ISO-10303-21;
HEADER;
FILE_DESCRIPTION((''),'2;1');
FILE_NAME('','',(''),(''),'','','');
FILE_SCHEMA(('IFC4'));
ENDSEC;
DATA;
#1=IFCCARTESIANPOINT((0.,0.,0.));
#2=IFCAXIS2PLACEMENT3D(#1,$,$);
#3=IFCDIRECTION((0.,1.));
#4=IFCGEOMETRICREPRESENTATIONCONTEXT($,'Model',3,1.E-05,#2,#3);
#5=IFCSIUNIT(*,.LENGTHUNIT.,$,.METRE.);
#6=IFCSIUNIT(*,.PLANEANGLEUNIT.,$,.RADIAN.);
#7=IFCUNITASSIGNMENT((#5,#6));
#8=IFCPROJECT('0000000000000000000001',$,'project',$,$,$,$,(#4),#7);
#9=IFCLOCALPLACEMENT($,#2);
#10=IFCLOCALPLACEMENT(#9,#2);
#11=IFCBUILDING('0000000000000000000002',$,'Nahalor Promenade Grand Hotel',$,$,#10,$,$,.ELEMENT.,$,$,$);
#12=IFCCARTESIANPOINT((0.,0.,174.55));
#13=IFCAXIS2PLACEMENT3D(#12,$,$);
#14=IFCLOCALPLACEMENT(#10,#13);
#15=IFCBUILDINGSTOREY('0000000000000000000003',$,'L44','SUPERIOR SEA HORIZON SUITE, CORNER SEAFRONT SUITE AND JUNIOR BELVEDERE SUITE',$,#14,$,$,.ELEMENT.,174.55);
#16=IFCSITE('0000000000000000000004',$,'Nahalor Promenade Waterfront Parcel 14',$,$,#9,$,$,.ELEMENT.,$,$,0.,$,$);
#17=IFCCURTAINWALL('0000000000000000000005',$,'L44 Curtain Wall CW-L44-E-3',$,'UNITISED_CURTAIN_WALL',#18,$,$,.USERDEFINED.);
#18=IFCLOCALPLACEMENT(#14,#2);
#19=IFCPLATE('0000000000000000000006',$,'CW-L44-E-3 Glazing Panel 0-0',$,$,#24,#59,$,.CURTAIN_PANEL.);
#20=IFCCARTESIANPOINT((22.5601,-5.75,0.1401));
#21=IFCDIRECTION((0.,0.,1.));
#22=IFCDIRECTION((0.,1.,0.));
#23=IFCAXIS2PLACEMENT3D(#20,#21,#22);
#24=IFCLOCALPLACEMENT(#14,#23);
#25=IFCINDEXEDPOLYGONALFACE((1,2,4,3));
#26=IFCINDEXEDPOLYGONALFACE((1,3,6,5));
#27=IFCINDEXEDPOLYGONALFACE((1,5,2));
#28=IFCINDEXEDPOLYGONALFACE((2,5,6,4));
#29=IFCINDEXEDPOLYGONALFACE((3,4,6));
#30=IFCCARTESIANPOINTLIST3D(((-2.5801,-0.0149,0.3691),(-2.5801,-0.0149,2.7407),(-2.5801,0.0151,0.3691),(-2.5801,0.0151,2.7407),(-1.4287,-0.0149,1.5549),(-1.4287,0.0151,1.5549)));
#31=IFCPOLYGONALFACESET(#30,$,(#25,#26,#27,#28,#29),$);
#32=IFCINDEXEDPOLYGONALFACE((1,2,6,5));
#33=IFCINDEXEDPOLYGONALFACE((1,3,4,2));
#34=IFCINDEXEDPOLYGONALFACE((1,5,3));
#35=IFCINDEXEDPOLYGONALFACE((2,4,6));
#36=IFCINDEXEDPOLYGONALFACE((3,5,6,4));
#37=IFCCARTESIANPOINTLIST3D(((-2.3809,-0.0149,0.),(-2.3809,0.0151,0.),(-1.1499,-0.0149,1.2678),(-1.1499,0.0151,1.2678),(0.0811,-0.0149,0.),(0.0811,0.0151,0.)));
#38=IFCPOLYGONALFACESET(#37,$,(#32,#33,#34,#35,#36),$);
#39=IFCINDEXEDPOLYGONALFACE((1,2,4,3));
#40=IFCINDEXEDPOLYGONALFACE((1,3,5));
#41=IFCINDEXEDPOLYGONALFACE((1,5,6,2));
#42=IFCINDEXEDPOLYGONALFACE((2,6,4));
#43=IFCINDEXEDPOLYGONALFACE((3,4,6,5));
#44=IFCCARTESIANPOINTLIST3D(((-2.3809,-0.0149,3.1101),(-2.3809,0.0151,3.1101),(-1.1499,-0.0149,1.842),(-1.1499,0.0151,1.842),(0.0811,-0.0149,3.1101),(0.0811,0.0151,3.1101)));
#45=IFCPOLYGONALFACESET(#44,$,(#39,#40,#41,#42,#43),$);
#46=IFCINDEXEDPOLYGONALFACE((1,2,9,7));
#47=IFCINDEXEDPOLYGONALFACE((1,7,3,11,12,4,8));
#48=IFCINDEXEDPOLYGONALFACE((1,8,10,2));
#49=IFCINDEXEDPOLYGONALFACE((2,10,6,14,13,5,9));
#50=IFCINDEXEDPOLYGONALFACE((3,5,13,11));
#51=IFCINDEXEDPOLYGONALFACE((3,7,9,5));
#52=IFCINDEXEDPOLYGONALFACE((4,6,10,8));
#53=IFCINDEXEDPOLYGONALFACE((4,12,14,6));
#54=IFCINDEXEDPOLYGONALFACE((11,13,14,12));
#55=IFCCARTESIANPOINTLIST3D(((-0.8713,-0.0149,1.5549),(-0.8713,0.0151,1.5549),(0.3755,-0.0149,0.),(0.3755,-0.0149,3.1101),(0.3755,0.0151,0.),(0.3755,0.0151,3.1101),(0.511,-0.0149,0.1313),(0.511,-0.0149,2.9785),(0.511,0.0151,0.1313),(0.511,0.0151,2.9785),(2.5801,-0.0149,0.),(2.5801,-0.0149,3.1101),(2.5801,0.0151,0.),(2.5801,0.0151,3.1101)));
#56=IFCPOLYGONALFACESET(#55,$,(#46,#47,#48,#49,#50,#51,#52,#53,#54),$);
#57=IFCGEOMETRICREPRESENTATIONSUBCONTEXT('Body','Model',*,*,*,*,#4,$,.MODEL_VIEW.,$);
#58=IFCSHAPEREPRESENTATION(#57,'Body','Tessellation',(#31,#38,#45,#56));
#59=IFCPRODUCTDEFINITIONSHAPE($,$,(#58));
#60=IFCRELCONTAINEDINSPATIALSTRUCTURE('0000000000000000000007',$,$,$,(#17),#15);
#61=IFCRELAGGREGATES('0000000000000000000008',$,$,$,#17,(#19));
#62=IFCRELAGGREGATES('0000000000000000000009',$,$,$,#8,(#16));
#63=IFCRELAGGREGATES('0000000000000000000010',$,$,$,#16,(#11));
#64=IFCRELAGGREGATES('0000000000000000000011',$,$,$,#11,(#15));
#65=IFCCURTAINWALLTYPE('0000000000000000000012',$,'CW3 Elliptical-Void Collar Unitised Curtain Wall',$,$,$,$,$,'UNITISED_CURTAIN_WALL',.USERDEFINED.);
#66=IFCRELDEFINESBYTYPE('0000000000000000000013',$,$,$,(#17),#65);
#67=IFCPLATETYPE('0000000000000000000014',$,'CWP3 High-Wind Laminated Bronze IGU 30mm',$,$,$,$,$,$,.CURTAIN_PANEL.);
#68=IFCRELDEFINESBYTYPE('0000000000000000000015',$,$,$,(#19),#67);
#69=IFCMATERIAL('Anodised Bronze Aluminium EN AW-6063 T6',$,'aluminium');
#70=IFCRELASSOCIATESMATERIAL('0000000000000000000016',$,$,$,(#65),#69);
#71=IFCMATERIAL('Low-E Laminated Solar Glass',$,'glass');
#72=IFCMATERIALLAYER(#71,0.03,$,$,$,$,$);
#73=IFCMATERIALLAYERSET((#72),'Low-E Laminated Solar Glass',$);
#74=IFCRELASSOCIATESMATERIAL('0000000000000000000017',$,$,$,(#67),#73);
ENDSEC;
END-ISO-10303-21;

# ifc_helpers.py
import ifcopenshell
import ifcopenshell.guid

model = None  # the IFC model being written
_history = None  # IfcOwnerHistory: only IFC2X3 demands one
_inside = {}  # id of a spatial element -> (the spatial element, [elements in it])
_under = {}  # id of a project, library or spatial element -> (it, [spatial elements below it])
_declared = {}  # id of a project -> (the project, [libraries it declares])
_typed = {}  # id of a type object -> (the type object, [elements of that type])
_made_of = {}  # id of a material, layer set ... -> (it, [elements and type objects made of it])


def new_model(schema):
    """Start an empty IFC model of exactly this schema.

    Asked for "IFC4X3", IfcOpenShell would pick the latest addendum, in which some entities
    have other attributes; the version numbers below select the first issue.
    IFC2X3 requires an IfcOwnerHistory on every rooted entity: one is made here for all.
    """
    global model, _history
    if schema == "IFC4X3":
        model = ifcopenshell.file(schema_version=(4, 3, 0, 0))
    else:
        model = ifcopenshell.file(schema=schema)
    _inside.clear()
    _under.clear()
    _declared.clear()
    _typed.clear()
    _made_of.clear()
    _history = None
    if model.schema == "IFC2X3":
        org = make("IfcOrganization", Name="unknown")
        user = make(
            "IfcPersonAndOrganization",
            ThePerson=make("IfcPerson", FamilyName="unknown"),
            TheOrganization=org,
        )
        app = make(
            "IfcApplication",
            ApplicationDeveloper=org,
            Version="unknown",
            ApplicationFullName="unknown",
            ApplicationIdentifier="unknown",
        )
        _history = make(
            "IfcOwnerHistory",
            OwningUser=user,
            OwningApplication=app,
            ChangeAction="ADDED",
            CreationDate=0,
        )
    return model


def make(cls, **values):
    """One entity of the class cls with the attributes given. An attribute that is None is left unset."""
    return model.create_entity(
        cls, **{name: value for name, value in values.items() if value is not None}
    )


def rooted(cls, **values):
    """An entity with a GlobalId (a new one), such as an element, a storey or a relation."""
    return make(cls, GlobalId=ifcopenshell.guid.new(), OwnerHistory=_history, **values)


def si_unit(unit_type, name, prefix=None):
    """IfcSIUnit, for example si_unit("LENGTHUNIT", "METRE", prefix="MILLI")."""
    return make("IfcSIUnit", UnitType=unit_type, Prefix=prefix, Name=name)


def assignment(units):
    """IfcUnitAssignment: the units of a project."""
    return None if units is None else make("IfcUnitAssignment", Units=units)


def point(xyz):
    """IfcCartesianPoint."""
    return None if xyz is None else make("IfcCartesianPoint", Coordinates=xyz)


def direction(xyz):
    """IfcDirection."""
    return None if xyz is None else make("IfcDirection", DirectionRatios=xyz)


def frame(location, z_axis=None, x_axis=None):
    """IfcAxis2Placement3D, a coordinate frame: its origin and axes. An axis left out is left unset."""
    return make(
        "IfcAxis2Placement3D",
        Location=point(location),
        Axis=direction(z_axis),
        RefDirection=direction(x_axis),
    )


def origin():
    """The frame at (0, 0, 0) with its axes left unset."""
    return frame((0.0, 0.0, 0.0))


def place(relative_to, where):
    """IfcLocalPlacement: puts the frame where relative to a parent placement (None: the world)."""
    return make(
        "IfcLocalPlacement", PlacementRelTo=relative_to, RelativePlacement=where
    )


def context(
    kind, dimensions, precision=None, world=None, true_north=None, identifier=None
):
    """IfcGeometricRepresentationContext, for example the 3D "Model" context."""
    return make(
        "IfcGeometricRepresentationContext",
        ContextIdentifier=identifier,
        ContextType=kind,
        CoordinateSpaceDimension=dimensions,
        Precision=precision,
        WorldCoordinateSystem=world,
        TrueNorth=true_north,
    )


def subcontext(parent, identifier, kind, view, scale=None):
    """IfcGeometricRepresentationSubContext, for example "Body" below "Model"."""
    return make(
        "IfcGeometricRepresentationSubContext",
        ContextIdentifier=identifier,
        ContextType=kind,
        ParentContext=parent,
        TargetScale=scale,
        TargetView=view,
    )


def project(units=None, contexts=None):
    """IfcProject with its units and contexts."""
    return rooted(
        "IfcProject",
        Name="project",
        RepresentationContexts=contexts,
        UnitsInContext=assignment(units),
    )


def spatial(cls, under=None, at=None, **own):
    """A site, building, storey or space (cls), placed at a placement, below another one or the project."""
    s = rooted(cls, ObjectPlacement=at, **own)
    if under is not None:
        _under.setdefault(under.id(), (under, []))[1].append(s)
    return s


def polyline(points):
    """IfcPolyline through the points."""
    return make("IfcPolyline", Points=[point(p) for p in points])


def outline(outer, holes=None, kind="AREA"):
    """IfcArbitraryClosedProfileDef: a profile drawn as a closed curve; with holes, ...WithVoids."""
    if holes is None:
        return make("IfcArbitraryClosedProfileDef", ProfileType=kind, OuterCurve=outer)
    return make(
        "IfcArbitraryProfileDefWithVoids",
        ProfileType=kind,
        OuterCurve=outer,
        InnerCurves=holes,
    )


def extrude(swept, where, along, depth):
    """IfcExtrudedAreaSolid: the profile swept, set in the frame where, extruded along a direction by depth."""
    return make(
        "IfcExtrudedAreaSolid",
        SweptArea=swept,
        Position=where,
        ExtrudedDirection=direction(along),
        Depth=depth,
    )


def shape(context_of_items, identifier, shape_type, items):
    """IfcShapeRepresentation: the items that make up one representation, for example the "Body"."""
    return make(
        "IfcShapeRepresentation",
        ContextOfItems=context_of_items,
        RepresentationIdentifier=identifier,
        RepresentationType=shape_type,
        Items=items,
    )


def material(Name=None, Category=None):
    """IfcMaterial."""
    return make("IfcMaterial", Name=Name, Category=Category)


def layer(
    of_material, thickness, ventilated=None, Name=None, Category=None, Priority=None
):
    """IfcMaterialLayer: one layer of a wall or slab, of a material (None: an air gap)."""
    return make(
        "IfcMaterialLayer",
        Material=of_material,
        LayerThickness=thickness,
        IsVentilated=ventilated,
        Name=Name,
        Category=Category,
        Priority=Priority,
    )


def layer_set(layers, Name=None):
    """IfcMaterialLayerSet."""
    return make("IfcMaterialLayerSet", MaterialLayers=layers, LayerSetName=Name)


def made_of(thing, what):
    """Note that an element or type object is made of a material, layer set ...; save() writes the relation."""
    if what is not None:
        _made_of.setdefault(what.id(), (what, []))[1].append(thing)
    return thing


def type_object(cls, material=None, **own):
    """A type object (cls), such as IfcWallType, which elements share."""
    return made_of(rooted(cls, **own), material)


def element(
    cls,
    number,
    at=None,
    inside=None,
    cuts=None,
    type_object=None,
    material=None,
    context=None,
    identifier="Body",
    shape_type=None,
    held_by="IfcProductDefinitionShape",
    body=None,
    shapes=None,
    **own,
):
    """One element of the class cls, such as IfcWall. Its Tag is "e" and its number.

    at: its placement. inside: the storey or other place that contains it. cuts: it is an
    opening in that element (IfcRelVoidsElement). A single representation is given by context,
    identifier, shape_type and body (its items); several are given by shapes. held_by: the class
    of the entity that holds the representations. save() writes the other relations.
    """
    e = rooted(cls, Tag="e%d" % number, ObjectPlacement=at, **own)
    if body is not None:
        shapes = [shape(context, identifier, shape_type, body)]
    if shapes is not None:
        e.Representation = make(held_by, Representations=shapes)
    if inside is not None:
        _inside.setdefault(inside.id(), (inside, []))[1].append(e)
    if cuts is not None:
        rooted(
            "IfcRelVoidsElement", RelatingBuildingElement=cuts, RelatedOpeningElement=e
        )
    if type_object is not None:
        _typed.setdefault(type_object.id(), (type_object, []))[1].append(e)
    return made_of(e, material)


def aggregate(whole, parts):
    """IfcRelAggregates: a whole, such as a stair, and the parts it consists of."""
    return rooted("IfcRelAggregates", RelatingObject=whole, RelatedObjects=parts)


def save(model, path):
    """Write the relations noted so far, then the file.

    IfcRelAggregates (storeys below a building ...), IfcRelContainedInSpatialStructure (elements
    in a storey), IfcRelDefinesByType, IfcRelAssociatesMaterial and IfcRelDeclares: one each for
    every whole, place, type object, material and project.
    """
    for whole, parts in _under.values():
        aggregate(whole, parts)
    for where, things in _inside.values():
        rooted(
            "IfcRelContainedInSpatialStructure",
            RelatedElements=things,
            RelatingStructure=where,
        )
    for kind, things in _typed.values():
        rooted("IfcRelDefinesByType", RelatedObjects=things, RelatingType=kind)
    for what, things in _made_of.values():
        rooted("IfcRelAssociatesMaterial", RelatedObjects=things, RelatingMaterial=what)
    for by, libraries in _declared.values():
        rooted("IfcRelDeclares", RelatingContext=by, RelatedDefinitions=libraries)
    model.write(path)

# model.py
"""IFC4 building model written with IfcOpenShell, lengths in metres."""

from ifc_helpers import new_model, si_unit, direction, frame, origin, place, context, subcontext, project, spatial, polyline, outline, extrude, material, layer, layer_set, type_object, element, aggregate, save


model = new_model("IFC4")

# Units and contexts
model_context = context("Model", 3, precision=1e-05, world=origin(), true_north=direction((0.0, 1.0)))
body_context = subcontext(model_context, "Body", "Model", "MODEL_VIEW")
ifc_project = project(units=[si_unit("LENGTHUNIT", "METRE"), si_unit("PLANEANGLEUNIT", "RADIAN")], contexts=[model_context])

# Site, building, storey
site_placement = place(None, origin())
site = spatial("IfcSite", under=ifc_project, at=site_placement, Name="Nahalor Promenade Waterfront Parcel 14", CompositionType="ELEMENT", RefElevation=0.0)
building_placement = place(site_placement, origin())
building = spatial("IfcBuilding", under=site, at=building_placement, Name="Nahalor Promenade Grand Hotel", CompositionType="ELEMENT")
storey_placement = place(building_placement, frame((0.0, 0.0, 174.55)))
storey = spatial("IfcBuildingStorey", under=building, at=storey_placement, Name="L44", Description="SUPERIOR SEA HORIZON SUITE, CORNER SEAFRONT SUITE AND JUNIOR BELVEDERE SUITE", CompositionType="ELEMENT", Elevation=174.55)

# Curtain wall, plate
ifc_material_1 = material(Name="Anodised Bronze Aluminium EN AW-6063 T6", Category="aluminium")
curtain_wall_type = type_object("IfcCurtainWallType", Name="CW3 Elliptical-Void Collar Unitised Curtain Wall", ElementType="UNITISED_CURTAIN_WALL", PredefinedType="USERDEFINED", material=ifc_material_1)
curtain_wall_placement = place(storey_placement, origin())
curtain_wall = element("IfcCurtainWall", 1, at=curtain_wall_placement, inside=storey, type_object=curtain_wall_type, Name="L44 Curtain Wall CW-L44-E-3", ObjectType="UNITISED_CURTAIN_WALL", PredefinedType="USERDEFINED")
ifc_material_2 = material(Name="Low-E Laminated Solar Glass", Category="glass")
ifc_layer_1 = layer(ifc_material_2, 0.03)
ifc_layer_set_1 = layer_set([ifc_layer_1], Name="Low-E Laminated Solar Glass")
plate_type_1 = type_object("IfcPlateType", Name="CWP3 High-Wind Laminated Bronze IGU 30mm", PredefinedType="CURTAIN_PANEL", material=ifc_layer_set_1)
plate_1_placement = place(storey_placement, frame((22.5601, -5.75, 0.1401), z_axis=(0.0, 0.0, 1.0), x_axis=(0.0, 1.0, 0.0)))
plate_1 = element("IfcPlate", 2, at=plate_1_placement, type_object=plate_type_1, Name="CW-L44-E-3 Glazing Panel 0-0", PredefinedType="CURTAIN_PANEL", context=body_context, shape_type="SweptSolid", body=[
    extrude(outline(polyline([(-1.4287, 1.5549), (-2.5801, 2.7407), (-2.5801, 0.3691), (-1.4287, 1.5549)])), frame((0.0, 0.0151, 0.0), z_axis=(0.0, -1.0, 0.0), x_axis=(1.0, 0.0, 0.0)), (0.0, 0.0, 1.0), 0.03),
    extrude(outline(polyline([(-1.1499, 1.2678), (-2.3809, 0.0), (0.0811, 0.0), (-1.1499, 1.2678)])), frame((0.0, 0.0151, 0.0), z_axis=(0.0, -1.0, 0.0), x_axis=(1.0, 0.0, 0.0)), (0.0, 0.0, 1.0), 0.03),
    extrude(outline(polyline([(-1.1499, 1.842), (0.0811, 3.1101), (-2.3809, 3.1101), (-1.1499, 1.842)])), frame((0.0, 0.0151, 0.0), z_axis=(0.0, -1.0, 0.0), x_axis=(1.0, 0.0, 0.0)), (0.0, 0.0, 1.0), 0.03),
    extrude(outline(polyline([(2.5801, 0.0), (2.5801, 3.1101), (0.3755, 3.1101), (0.511, 2.9785), (-0.8713, 1.5549), (0.511, 0.1313), (0.3755, 0.0), (2.5801, 0.0)])), frame((0.0, 0.0151, 0.0), z_axis=(0.0, -1.0, 0.0), x_axis=(1.0, 0.0, 0.0)), (0.0, 0.0, 1.0), 0.03),
])
aggregate(curtain_wall, [plate_1])

save(model, "model.ifc")
